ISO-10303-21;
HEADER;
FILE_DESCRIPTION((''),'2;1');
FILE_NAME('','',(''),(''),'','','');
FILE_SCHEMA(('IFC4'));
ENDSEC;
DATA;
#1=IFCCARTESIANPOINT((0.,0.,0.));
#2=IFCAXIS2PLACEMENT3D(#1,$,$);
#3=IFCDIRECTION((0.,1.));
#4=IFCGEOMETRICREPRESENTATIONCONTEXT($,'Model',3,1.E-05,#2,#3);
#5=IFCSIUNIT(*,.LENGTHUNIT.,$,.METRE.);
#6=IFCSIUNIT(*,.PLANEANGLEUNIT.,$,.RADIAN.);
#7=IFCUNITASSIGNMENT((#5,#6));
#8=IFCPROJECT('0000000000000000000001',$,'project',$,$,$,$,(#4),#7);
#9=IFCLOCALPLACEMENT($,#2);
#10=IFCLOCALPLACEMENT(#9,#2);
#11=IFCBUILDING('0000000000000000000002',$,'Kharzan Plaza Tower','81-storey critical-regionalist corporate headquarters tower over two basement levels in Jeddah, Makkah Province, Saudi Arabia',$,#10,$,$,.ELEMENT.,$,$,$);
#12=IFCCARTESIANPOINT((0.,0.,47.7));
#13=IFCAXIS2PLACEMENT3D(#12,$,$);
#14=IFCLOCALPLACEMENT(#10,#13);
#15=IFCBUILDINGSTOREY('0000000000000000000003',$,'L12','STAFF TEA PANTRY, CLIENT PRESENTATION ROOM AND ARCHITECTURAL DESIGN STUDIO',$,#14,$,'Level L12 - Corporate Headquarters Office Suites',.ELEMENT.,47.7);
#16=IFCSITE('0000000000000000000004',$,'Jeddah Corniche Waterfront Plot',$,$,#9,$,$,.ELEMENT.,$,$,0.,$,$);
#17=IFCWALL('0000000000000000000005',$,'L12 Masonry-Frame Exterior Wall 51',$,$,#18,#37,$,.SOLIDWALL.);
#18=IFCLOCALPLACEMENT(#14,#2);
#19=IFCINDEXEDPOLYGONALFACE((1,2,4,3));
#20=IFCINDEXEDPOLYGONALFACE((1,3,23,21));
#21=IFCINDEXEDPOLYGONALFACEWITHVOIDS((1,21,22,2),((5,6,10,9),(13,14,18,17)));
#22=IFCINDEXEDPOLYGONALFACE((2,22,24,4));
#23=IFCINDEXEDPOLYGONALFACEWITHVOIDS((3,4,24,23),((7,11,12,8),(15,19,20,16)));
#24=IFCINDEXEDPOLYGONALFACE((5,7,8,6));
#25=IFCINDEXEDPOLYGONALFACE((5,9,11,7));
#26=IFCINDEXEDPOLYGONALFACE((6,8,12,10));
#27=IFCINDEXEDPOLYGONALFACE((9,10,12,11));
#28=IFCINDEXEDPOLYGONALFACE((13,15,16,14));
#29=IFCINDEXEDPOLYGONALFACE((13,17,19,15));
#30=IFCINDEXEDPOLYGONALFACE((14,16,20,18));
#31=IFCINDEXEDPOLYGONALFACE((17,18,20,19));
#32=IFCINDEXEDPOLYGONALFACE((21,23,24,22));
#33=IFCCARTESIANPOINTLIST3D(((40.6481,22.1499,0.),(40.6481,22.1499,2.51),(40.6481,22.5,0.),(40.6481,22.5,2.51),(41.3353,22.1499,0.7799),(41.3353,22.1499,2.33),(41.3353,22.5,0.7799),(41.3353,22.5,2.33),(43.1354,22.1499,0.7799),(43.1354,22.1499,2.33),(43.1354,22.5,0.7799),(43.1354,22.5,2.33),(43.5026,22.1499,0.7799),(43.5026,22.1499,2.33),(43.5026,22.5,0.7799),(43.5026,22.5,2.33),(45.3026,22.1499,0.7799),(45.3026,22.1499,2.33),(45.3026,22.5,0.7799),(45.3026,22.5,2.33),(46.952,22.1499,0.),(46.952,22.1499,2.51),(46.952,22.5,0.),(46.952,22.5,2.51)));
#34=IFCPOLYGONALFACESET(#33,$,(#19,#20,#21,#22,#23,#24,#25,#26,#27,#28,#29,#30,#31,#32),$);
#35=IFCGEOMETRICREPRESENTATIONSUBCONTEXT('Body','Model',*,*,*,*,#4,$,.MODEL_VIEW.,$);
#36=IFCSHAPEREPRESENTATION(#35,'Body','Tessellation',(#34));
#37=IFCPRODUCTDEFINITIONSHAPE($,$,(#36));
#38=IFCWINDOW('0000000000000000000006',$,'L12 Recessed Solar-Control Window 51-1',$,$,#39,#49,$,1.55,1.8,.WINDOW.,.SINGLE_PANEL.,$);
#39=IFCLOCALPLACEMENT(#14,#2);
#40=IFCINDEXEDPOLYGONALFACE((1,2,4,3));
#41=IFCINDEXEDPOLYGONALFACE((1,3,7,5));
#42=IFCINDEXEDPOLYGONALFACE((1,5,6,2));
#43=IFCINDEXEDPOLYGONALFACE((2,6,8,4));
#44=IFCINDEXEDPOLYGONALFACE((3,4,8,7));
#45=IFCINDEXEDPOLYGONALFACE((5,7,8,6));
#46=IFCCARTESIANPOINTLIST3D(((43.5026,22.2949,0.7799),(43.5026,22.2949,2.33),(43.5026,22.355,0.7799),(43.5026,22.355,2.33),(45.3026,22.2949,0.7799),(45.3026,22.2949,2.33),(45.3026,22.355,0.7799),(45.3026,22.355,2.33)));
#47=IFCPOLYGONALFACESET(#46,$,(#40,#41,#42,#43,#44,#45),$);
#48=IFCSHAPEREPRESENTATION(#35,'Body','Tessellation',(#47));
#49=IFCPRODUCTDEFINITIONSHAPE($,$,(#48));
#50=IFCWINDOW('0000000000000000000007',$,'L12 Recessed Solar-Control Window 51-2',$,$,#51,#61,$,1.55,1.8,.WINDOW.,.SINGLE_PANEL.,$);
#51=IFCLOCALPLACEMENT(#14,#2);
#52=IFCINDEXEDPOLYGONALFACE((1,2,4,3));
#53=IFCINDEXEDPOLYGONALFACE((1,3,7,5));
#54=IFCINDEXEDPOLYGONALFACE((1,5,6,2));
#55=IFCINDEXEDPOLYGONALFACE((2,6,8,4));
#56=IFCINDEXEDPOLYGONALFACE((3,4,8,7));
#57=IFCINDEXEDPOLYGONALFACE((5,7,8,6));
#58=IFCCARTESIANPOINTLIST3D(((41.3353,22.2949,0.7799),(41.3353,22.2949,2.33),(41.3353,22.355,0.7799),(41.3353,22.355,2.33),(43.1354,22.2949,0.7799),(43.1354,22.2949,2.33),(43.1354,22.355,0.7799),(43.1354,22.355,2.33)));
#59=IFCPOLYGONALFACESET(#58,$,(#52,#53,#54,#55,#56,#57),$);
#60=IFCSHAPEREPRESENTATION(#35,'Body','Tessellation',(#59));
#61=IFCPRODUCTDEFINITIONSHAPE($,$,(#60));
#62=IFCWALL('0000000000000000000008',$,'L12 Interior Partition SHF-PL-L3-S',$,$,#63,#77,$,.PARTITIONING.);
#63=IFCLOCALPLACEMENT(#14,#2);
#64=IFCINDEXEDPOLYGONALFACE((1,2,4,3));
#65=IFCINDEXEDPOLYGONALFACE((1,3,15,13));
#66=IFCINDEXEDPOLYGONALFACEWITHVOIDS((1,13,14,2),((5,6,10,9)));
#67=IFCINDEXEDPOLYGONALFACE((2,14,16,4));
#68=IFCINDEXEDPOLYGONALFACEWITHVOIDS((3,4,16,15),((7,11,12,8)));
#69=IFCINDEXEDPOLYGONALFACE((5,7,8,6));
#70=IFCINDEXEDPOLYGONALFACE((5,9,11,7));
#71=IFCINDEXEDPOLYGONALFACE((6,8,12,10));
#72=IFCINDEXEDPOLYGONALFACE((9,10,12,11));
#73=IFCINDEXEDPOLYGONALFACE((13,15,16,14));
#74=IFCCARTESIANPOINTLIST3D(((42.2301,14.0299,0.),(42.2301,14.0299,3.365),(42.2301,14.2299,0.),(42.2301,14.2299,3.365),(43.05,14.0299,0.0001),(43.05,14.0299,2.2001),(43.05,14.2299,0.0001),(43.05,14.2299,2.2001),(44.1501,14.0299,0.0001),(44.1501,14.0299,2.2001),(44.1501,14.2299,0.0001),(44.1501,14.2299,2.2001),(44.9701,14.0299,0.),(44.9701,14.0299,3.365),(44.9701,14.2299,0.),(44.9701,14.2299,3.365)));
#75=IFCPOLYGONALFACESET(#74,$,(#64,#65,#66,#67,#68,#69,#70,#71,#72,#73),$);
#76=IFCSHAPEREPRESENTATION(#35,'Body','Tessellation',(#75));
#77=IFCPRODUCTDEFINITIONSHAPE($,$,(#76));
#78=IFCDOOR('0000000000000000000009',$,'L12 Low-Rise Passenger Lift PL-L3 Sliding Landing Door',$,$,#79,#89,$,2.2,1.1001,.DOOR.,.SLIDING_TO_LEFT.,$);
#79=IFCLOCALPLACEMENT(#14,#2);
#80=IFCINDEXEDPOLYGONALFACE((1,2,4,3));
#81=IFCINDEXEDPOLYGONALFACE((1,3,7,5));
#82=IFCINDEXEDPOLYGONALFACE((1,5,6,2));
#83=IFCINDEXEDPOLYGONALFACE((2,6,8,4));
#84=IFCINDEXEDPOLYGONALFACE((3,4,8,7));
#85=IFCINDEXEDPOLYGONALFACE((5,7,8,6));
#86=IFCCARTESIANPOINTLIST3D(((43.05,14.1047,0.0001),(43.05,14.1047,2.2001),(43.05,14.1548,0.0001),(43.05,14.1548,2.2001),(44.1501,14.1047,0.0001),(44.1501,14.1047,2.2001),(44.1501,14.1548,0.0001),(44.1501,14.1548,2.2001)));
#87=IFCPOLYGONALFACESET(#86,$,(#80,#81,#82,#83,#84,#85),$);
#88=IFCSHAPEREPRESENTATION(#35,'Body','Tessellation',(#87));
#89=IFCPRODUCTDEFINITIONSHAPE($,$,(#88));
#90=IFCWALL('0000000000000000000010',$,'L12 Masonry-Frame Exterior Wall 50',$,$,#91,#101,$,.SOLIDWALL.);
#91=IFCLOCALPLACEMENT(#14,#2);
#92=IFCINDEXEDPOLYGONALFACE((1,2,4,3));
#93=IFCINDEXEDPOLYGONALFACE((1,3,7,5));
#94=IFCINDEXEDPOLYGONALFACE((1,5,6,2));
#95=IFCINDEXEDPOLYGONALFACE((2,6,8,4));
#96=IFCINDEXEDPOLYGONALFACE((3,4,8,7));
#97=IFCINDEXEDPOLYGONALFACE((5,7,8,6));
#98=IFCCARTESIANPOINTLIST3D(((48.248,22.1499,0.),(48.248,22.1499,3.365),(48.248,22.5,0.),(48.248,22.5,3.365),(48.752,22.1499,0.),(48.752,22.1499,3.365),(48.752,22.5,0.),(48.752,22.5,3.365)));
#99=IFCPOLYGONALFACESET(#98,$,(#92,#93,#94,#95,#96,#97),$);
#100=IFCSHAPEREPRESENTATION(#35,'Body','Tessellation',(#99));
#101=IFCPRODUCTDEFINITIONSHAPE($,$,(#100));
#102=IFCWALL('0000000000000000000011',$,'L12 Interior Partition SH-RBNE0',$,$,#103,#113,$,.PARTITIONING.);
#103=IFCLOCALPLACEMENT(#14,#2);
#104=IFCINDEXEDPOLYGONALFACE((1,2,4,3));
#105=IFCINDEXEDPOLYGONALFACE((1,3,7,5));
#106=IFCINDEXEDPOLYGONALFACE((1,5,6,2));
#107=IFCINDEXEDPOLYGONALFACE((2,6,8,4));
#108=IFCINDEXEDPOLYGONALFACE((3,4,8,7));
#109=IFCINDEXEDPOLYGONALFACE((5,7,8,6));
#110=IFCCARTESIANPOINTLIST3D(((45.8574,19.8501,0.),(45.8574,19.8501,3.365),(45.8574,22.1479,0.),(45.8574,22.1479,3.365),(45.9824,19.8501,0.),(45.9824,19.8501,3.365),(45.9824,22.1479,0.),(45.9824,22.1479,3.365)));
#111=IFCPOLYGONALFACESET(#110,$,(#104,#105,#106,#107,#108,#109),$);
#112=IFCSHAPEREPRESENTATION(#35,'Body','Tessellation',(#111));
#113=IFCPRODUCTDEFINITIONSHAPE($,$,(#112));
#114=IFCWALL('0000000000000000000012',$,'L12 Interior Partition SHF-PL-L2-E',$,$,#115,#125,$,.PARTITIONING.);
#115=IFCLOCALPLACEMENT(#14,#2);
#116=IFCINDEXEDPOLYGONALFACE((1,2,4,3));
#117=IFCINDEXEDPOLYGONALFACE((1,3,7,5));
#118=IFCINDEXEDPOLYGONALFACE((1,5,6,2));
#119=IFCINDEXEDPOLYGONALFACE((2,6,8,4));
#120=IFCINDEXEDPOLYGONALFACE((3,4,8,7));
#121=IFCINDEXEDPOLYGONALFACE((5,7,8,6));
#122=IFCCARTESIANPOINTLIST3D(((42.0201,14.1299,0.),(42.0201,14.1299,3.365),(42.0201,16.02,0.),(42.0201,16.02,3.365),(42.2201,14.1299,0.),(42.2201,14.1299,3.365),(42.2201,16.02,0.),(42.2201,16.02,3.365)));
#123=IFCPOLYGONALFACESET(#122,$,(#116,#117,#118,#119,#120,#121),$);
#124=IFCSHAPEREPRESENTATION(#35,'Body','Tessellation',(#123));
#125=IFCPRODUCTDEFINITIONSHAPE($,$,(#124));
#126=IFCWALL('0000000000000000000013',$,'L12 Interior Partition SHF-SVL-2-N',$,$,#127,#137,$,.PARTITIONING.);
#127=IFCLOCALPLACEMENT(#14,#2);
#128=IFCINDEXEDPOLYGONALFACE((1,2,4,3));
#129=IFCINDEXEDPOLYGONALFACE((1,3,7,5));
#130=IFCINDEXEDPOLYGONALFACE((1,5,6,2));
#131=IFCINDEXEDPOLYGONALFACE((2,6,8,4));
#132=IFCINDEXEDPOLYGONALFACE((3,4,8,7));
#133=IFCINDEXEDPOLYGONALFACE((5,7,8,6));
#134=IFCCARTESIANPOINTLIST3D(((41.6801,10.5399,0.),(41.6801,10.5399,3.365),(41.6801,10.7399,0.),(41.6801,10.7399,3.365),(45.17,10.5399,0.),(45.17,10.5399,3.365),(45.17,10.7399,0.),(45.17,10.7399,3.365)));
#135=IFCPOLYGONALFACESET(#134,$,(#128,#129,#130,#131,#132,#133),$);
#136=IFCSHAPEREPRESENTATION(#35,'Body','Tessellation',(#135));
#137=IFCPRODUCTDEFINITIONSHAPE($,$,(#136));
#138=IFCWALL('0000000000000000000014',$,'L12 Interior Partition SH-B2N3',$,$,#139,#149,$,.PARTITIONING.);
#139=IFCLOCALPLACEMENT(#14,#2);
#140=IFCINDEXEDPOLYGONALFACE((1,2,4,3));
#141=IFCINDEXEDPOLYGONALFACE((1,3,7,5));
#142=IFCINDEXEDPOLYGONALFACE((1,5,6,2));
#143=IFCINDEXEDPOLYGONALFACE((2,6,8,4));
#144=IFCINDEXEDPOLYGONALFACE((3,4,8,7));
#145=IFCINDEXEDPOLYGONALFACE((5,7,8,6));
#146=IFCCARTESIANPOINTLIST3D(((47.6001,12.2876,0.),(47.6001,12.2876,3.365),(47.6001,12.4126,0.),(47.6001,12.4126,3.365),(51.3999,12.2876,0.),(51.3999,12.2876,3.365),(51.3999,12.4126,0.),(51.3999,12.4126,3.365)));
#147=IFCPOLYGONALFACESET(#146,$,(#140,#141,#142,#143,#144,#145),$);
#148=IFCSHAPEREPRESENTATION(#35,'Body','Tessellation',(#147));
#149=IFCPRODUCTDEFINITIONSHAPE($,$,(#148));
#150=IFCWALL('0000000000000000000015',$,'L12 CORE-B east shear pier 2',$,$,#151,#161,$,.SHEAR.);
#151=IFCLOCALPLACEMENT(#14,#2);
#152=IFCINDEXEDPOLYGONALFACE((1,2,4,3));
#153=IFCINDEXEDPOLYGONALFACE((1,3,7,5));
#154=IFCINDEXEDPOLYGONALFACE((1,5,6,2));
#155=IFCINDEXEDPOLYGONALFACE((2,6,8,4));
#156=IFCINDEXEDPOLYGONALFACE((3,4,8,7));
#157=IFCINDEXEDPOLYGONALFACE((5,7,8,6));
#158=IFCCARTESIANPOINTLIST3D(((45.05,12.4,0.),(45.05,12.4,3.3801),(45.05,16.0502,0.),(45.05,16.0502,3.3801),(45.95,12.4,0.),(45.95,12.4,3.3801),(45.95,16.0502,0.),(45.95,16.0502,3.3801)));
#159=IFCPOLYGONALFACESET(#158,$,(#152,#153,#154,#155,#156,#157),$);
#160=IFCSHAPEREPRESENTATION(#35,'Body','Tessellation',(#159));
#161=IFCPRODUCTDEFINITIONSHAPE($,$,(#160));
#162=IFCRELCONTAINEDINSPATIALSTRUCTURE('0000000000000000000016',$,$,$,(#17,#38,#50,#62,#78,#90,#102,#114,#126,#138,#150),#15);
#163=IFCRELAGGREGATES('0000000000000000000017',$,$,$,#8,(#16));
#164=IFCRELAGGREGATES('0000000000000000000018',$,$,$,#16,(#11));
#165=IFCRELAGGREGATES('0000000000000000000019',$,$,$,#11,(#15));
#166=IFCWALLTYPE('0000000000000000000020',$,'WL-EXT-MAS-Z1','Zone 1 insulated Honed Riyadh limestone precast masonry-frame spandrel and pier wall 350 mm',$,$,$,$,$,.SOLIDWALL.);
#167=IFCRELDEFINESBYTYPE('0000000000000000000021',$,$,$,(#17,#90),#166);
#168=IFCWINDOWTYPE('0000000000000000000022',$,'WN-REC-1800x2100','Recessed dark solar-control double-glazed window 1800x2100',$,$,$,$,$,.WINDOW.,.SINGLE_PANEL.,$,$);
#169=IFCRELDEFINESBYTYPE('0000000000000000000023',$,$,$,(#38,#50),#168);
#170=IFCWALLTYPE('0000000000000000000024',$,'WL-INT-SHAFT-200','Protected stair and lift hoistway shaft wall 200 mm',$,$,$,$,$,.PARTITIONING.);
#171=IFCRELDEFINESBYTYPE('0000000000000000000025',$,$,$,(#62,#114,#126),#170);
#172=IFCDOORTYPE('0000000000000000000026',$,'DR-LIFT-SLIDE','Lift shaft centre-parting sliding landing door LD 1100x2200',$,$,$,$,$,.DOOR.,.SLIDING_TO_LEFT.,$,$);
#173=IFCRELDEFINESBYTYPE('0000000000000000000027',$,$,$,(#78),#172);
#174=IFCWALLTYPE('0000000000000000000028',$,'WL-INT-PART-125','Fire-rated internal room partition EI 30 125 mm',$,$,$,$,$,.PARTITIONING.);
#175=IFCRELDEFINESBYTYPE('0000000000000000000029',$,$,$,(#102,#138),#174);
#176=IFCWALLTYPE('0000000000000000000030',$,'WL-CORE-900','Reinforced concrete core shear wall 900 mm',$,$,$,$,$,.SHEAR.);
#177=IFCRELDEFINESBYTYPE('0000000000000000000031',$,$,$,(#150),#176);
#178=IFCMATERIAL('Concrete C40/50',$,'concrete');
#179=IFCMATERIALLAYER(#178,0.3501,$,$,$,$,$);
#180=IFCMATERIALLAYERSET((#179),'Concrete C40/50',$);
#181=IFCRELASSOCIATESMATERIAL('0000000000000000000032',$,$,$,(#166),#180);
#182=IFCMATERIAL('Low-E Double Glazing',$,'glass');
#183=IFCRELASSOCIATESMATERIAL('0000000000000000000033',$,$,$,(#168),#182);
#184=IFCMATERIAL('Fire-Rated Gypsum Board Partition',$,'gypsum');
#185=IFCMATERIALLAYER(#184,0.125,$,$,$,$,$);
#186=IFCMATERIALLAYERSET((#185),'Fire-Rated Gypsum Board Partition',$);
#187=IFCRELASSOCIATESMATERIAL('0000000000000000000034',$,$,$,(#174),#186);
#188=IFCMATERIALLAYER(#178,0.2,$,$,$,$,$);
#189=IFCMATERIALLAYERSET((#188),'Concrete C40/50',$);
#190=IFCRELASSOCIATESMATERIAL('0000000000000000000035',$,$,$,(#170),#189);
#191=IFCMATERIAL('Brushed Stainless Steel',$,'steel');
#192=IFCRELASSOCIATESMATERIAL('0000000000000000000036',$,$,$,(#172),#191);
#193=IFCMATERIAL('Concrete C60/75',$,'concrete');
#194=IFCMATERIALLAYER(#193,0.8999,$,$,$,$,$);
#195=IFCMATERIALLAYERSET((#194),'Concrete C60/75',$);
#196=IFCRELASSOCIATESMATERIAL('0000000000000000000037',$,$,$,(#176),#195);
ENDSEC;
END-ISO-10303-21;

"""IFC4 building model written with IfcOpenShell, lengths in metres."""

from ifc_helpers import new_model, si_unit, direction, frame, frame_2d, origin, place, context, subcontext, project, spatial, rectangle, extrude, source, transform, mapped, material, layer, layer_set, type_object, element, fill, save


model = new_model("IFC4")

# Units and contexts
model_context = context("Model", 3, precision=1e-05, world=origin(), true_north=direction((0.0, 1.0)))
body_context = subcontext(model_context, "Body", "Model", "MODEL_VIEW")
ifc_project = project(units=[si_unit("LENGTHUNIT", "METRE"), si_unit("PLANEANGLEUNIT", "RADIAN")], contexts=[model_context])

# Site, building, storey
site_placement = place(None, origin())
site = spatial("IfcSite", under=ifc_project, at=site_placement, Name="Jeddah Corniche Waterfront Plot", CompositionType="ELEMENT", RefElevation=0.0)
building_placement = place(site_placement, origin())
building = spatial("IfcBuilding", under=site, at=building_placement, Name="Kharzan Plaza Tower", Description="81-storey critical-regionalist corporate headquarters tower over two basement levels in Jeddah, Makkah Province, Saudi Arabia", CompositionType="ELEMENT")
storey_placement = place(building_placement, frame((0.0, 0.0, 47.7)))
storey = spatial("IfcBuildingStorey", under=building, at=storey_placement, Name="L12", Description="STAFF TEA PANTRY, CLIENT PRESENTATION ROOM AND ARCHITECTURAL DESIGN STUDIO", LongName="Level L12 - Corporate Headquarters Office Suites", CompositionType="ELEMENT", Elevation=47.7)

# Shared definitions
ifc_material_1 = material(Name="Concrete C60/75", Category="concrete")

# Wall, openings, windows
ifc_material_2 = material(Name="Concrete C40/50", Category="concrete")
ifc_layer_1 = layer(ifc_material_2, 0.3501)
ifc_layer_set_1 = layer_set([ifc_layer_1], Name="Concrete C40/50")
wall_type_1 = type_object("IfcWallType", Name="WL-EXT-MAS-Z1", Description="Zone 1 insulated Honed Riyadh limestone precast masonry-frame spandrel and pier wall 350 mm", PredefinedType="SOLIDWALL", material=ifc_layer_set_1)
wall_1_placement = place(storey_placement, frame((46.9519, 22.325, 0.0), z_axis=(0.0, 0.0, 1.0), x_axis=(-1.0, 0.0, 0.0)))
wall_1 = element("IfcWall", 1, at=wall_1_placement, inside=storey, type_object=wall_type_1, Name="L12 Masonry-Frame Exterior Wall 51", PredefinedType="SOLIDWALL", context=body_context, shape_type="SweptSolid", body=[
    extrude(rectangle(XDim=6.304, YDim=0.3501, at=frame_2d((3.1519, 0.0))), origin(), (0.0, 0.0, 1.0), 2.51),
])
opening_1_placement = place(wall_1_placement, frame((1.6494, 0.0, 0.78)))
opening_1 = element("IfcOpeningElement", 2, at=opening_1_placement, cuts=wall_1, PredefinedType="OPENING", context=body_context, shape_type="SweptSolid", body=[
    extrude(rectangle(XDim=1.8, YDim=1.55, at=frame_2d((0.8999, 0.7749))), frame((0.0, 0.1851, 0.0), z_axis=(0.0, -1.0, 0.0), x_axis=(1.0, 0.0, 0.0)), (0.0, 0.0, 1.0), 0.3701),
])
opening_2_placement = place(wall_1_placement, frame((3.8167, 0.0, 0.78)))
opening_2 = element("IfcOpeningElement", 3, at=opening_2_placement, cuts=wall_1, PredefinedType="OPENING", context=body_context, shape_type="SweptSolid", body=[
    extrude(rectangle(XDim=1.8, YDim=1.55, at=frame_2d((0.8999, 0.7749))), frame((0.0, 0.1851, 0.0), z_axis=(0.0, -1.0, 0.0), x_axis=(1.0, 0.0, 0.0)), (0.0, 0.0, 1.0), 0.3701),
])
ifc_material_3 = material(Name="Low-E Double Glazing", Category="glass")
window_type = type_object("IfcWindowType", Name="WN-REC-1800x2100", Description="Recessed dark solar-control double-glazed window 1800x2100", PartitioningType="SINGLE_PANEL", PredefinedType="WINDOW", material=ifc_material_3)
shared_shape_1 = source(origin(), body_context, "Body", "SweptSolid", [
    extrude(rectangle(XDim=1.8, YDim=1.55, at=frame_2d((0.8999, 0.7749))), frame((0.0, 0.03, 0.0), z_axis=(0.0, -1.0, 0.0), x_axis=(1.0, 0.0, 0.0)), (0.0, 0.0, 1.0), 0.0601),
])
window_1_placement = place(opening_1_placement, origin())
window_1 = element("IfcWindow", 4, at=window_1_placement, inside=storey, type_object=window_type, Name="L12 Recessed Solar-Control Window 51-1", OverallHeight=1.55, OverallWidth=1.8, PartitioningType="SINGLE_PANEL", PredefinedType="WINDOW", context=body_context, shape_type="MappedRepresentation", body=[
    mapped(shared_shape_1, transform((0.0, 0.0, 0.0), x_axis=(1.0, 0.0, 0.0), y_axis=(0.0, 1.0, 0.0), z_axis=(0.0, 0.0, 1.0))),
])
fill(opening_1, window_1)
window_2_placement = place(opening_2_placement, origin())
window_2 = element("IfcWindow", 5, at=window_2_placement, inside=storey, type_object=window_type, Name="L12 Recessed Solar-Control Window 51-2", OverallHeight=1.55, OverallWidth=1.8, PartitioningType="SINGLE_PANEL", PredefinedType="WINDOW", context=body_context, shape_type="MappedRepresentation", body=[
    mapped(shared_shape_1, transform((0.0, 0.0, 0.0), x_axis=(1.0, 0.0, 0.0), y_axis=(0.0, 1.0, 0.0), z_axis=(0.0, 0.0, 1.0))),
])
fill(opening_2, window_2)

# Wall, opening, door
ifc_material_4 = material(Name="Fire-Rated Gypsum Board Partition", Category="gypsum")
ifc_layer_2 = layer(ifc_material_4, 0.125)
ifc_layer_set_2 = layer_set([ifc_layer_2], Name="Fire-Rated Gypsum Board Partition")
wall_type_2 = type_object("IfcWallType", Name="WL-INT-PART-125", Description="Fire-rated internal room partition EI 30 125 mm", PredefinedType="PARTITIONING", material=ifc_layer_set_2)
ifc_layer_3 = layer(ifc_material_2, 0.2)
ifc_layer_set_3 = layer_set([ifc_layer_3], Name="Concrete C40/50")
wall_type_3 = type_object("IfcWallType", Name="WL-INT-SHAFT-200", Description="Protected stair and lift hoistway shaft wall 200 mm", PredefinedType="PARTITIONING", material=ifc_layer_set_3)
wall_2_placement = place(storey_placement, frame((42.23, 14.1299, 0.0), z_axis=(0.0, 0.0, 1.0), x_axis=(1.0, 0.0, 0.0)))
wall_2 = element("IfcWall", 6, at=wall_2_placement, inside=storey, type_object=wall_type_3, Name="L12 Interior Partition SHF-PL-L3-S", PredefinedType="PARTITIONING", context=body_context, shape_type="SweptSolid", body=[
    extrude(rectangle(XDim=2.74, YDim=0.2, at=frame_2d((1.3701, 0.0))), origin(), (0.0, 0.0, 1.0), 3.365),
])
opening_3_placement = place(wall_2_placement, frame((0.8201, 0.0, 0.0)))
opening_3 = element("IfcOpeningElement", 7, at=opening_3_placement, cuts=wall_2, PredefinedType="OPENING", context=body_context, shape_type="SweptSolid", body=[
    extrude(rectangle(XDim=1.1001, YDim=2.2, at=frame_2d((0.55, 1.1001))), frame((0.0, 0.1099, 0.0), z_axis=(0.0, -1.0, 0.0), x_axis=(1.0, 0.0, 0.0)), (0.0, 0.0, 1.0), 0.22),
])
ifc_material_5 = material(Name="Brushed Stainless Steel", Category="steel")
door_type_1 = type_object("IfcDoorType", Name="DR-LIFT-SLIDE", Description="Lift shaft centre-parting sliding landing door LD 1100x2200", OperationType="SLIDING_TO_LEFT", PredefinedType="DOOR", material=ifc_material_5)
shared_shape_2 = source(origin(), body_context, "Body", "SweptSolid", [
    extrude(rectangle(XDim=1.1001, YDim=2.2, at=frame_2d((0.55, 1.1001))), frame((0.0, 0.0249, 0.0), z_axis=(0.0, -1.0, 0.0), x_axis=(1.0, 0.0, 0.0)), (0.0, 0.0, 1.0), 0.05),
])
door_1_placement = place(opening_3_placement, origin())
door_1 = element("IfcDoor", 8, at=door_1_placement, inside=storey, type_object=door_type_1, Name="L12 Low-Rise Passenger Lift PL-L3 Sliding Landing Door", OperationType="SLIDING_TO_LEFT", OverallHeight=2.2, OverallWidth=1.1001, PredefinedType="DOOR", context=body_context, shape_type="MappedRepresentation", body=[
    mapped(shared_shape_2, transform((0.0, 0.0, 0.0), x_axis=(1.0, 0.0, 0.0), y_axis=(0.0, 1.0, 0.0), z_axis=(0.0, 0.0, 1.0))),
])
fill(opening_3, door_1)

# Walls
shared_shape_3 = source(origin(), body_context, "Body", "SweptSolid", [
    extrude(rectangle(XDim=0.5039, YDim=0.3501, at=frame_2d((0.252, 0.0))), origin(), (0.0, 0.0, 1.0), 3.365),
])
wall_3_placement = place(storey_placement, frame((48.752, 22.325, 0.0), z_axis=(0.0, 0.0, 1.0), x_axis=(-1.0, 0.0, 0.0)))
element("IfcWall", 9, at=wall_3_placement, inside=storey, type_object=wall_type_1, Name="L12 Masonry-Frame Exterior Wall 50", PredefinedType="SOLIDWALL", context=body_context, shape_type="MappedRepresentation", body=[
    mapped(shared_shape_3, transform((0.0, 0.0, 0.0), x_axis=(1.0, 0.0, 0.0), y_axis=(0.0, 1.0, 0.0), z_axis=(0.0, 0.0, 1.0))),
])
shared_shape_4 = source(origin(), body_context, "Body", "SweptSolid", [
    extrude(rectangle(XDim=2.2979, YDim=0.125, at=frame_2d((1.1489, 0.0))), origin(), (0.0, 0.0, 1.0), 3.365),
])
wall_4_placement = place(storey_placement, frame((45.9199, 19.8501, 0.0), z_axis=(0.0, 0.0, 1.0), x_axis=(0.0, 1.0, 0.0)))
element("IfcWall", 10, at=wall_4_placement, inside=storey, type_object=wall_type_2, Name="L12 Interior Partition SH-RBNE0", PredefinedType="PARTITIONING", context=body_context, shape_type="MappedRepresentation", body=[
    mapped(shared_shape_4, transform((0.0, 0.0, 0.0), x_axis=(1.0, 0.0, 0.0), y_axis=(0.0, 1.0, 0.0), z_axis=(0.0, 0.0, 1.0))),
])
shared_shape_5 = source(origin(), body_context, "Body", "SweptSolid", [
    extrude(rectangle(XDim=1.8901, YDim=0.2, at=frame_2d((0.9451, 0.0))), origin(), (0.0, 0.0, 1.0), 3.365),
])
wall_5_placement = place(storey_placement, frame((42.1201, 14.1299, 0.0), z_axis=(0.0, 0.0, 1.0), x_axis=(0.0, 1.0, 0.0)))
element("IfcWall", 11, at=wall_5_placement, inside=storey, type_object=wall_type_3, Name="L12 Interior Partition SHF-PL-L2-E", PredefinedType="PARTITIONING", context=body_context, shape_type="MappedRepresentation", body=[
    mapped(shared_shape_5, transform((0.0, 0.0, 0.0), x_axis=(1.0, 0.0, 0.0), y_axis=(0.0, 1.0, 0.0), z_axis=(0.0, 0.0, 1.0))),
])
shared_shape_6 = source(origin(), body_context, "Body", "SweptSolid", [
    extrude(rectangle(XDim=3.49, YDim=0.2, at=frame_2d((1.7451, 0.0))), origin(), (0.0, 0.0, 1.0), 3.365),
])
wall_6_placement = place(storey_placement, frame((41.6799, 10.6399, 0.0), z_axis=(0.0, 0.0, 1.0), x_axis=(1.0, 0.0, 0.0)))
element("IfcWall", 12, at=wall_6_placement, inside=storey, type_object=wall_type_3, Name="L12 Interior Partition SHF-SVL-2-N", PredefinedType="PARTITIONING", context=body_context, shape_type="MappedRepresentation", body=[
    mapped(shared_shape_6, transform((0.0, 0.0, 0.0), x_axis=(1.0, 0.0, 0.0), y_axis=(0.0, 1.0, 0.0), z_axis=(0.0, 0.0, 1.0))),
])
shared_shape_7 = source(origin(), body_context, "Body", "SweptSolid", [
    extrude(rectangle(XDim=3.7998, YDim=0.125, at=frame_2d((1.8999, 0.0))), origin(), (0.0, 0.0, 1.0), 3.365),
])
wall_7_placement = place(storey_placement, frame((47.6001, 12.3501, 0.0), z_axis=(0.0, 0.0, 1.0), x_axis=(1.0, 0.0, 0.0)))
element("IfcWall", 13, at=wall_7_placement, inside=storey, type_object=wall_type_2, Name="L12 Interior Partition SH-B2N3", PredefinedType="PARTITIONING", context=body_context, shape_type="MappedRepresentation", body=[
    mapped(shared_shape_7, transform((0.0, 0.0, 0.0), x_axis=(1.0, 0.0, 0.0), y_axis=(0.0, 1.0, 0.0), z_axis=(0.0, 0.0, 1.0))),
])
ifc_layer_4 = layer(ifc_material_1, 0.8999)
ifc_layer_set_4 = layer_set([ifc_layer_4], Name="Concrete C60/75")
wall_type_4 = type_object("IfcWallType", Name="WL-CORE-900", Description="Reinforced concrete core shear wall 900 mm", PredefinedType="SHEAR", material=ifc_layer_set_4)
shared_shape_8 = source(origin(), body_context, "Body", "SweptSolid", [
    extrude(rectangle(XDim=3.6501, YDim=0.8999, at=frame_2d((1.8252, 0.0))), origin(), (0.0, 0.0, 1.0), 3.3801),
])
wall_8_placement = place(storey_placement, frame((45.5, 12.3999, 0.0), z_axis=(0.0, 0.0, 1.0), x_axis=(0.0, 1.0, 0.0)))
element("IfcWall", 14, at=wall_8_placement, inside=storey, type_object=wall_type_4, Name="L12 CORE-B east shear pier 2", PredefinedType="SHEAR", context=body_context, shape_type="MappedRepresentation", body=[
    mapped(shared_shape_8, transform((0.0, 0.0, 0.0), x_axis=(1.0, 0.0, 0.0), y_axis=(0.0, 1.0, 0.0), z_axis=(0.0, 0.0, 1.0))),
])

save(model, "model.ifc")
